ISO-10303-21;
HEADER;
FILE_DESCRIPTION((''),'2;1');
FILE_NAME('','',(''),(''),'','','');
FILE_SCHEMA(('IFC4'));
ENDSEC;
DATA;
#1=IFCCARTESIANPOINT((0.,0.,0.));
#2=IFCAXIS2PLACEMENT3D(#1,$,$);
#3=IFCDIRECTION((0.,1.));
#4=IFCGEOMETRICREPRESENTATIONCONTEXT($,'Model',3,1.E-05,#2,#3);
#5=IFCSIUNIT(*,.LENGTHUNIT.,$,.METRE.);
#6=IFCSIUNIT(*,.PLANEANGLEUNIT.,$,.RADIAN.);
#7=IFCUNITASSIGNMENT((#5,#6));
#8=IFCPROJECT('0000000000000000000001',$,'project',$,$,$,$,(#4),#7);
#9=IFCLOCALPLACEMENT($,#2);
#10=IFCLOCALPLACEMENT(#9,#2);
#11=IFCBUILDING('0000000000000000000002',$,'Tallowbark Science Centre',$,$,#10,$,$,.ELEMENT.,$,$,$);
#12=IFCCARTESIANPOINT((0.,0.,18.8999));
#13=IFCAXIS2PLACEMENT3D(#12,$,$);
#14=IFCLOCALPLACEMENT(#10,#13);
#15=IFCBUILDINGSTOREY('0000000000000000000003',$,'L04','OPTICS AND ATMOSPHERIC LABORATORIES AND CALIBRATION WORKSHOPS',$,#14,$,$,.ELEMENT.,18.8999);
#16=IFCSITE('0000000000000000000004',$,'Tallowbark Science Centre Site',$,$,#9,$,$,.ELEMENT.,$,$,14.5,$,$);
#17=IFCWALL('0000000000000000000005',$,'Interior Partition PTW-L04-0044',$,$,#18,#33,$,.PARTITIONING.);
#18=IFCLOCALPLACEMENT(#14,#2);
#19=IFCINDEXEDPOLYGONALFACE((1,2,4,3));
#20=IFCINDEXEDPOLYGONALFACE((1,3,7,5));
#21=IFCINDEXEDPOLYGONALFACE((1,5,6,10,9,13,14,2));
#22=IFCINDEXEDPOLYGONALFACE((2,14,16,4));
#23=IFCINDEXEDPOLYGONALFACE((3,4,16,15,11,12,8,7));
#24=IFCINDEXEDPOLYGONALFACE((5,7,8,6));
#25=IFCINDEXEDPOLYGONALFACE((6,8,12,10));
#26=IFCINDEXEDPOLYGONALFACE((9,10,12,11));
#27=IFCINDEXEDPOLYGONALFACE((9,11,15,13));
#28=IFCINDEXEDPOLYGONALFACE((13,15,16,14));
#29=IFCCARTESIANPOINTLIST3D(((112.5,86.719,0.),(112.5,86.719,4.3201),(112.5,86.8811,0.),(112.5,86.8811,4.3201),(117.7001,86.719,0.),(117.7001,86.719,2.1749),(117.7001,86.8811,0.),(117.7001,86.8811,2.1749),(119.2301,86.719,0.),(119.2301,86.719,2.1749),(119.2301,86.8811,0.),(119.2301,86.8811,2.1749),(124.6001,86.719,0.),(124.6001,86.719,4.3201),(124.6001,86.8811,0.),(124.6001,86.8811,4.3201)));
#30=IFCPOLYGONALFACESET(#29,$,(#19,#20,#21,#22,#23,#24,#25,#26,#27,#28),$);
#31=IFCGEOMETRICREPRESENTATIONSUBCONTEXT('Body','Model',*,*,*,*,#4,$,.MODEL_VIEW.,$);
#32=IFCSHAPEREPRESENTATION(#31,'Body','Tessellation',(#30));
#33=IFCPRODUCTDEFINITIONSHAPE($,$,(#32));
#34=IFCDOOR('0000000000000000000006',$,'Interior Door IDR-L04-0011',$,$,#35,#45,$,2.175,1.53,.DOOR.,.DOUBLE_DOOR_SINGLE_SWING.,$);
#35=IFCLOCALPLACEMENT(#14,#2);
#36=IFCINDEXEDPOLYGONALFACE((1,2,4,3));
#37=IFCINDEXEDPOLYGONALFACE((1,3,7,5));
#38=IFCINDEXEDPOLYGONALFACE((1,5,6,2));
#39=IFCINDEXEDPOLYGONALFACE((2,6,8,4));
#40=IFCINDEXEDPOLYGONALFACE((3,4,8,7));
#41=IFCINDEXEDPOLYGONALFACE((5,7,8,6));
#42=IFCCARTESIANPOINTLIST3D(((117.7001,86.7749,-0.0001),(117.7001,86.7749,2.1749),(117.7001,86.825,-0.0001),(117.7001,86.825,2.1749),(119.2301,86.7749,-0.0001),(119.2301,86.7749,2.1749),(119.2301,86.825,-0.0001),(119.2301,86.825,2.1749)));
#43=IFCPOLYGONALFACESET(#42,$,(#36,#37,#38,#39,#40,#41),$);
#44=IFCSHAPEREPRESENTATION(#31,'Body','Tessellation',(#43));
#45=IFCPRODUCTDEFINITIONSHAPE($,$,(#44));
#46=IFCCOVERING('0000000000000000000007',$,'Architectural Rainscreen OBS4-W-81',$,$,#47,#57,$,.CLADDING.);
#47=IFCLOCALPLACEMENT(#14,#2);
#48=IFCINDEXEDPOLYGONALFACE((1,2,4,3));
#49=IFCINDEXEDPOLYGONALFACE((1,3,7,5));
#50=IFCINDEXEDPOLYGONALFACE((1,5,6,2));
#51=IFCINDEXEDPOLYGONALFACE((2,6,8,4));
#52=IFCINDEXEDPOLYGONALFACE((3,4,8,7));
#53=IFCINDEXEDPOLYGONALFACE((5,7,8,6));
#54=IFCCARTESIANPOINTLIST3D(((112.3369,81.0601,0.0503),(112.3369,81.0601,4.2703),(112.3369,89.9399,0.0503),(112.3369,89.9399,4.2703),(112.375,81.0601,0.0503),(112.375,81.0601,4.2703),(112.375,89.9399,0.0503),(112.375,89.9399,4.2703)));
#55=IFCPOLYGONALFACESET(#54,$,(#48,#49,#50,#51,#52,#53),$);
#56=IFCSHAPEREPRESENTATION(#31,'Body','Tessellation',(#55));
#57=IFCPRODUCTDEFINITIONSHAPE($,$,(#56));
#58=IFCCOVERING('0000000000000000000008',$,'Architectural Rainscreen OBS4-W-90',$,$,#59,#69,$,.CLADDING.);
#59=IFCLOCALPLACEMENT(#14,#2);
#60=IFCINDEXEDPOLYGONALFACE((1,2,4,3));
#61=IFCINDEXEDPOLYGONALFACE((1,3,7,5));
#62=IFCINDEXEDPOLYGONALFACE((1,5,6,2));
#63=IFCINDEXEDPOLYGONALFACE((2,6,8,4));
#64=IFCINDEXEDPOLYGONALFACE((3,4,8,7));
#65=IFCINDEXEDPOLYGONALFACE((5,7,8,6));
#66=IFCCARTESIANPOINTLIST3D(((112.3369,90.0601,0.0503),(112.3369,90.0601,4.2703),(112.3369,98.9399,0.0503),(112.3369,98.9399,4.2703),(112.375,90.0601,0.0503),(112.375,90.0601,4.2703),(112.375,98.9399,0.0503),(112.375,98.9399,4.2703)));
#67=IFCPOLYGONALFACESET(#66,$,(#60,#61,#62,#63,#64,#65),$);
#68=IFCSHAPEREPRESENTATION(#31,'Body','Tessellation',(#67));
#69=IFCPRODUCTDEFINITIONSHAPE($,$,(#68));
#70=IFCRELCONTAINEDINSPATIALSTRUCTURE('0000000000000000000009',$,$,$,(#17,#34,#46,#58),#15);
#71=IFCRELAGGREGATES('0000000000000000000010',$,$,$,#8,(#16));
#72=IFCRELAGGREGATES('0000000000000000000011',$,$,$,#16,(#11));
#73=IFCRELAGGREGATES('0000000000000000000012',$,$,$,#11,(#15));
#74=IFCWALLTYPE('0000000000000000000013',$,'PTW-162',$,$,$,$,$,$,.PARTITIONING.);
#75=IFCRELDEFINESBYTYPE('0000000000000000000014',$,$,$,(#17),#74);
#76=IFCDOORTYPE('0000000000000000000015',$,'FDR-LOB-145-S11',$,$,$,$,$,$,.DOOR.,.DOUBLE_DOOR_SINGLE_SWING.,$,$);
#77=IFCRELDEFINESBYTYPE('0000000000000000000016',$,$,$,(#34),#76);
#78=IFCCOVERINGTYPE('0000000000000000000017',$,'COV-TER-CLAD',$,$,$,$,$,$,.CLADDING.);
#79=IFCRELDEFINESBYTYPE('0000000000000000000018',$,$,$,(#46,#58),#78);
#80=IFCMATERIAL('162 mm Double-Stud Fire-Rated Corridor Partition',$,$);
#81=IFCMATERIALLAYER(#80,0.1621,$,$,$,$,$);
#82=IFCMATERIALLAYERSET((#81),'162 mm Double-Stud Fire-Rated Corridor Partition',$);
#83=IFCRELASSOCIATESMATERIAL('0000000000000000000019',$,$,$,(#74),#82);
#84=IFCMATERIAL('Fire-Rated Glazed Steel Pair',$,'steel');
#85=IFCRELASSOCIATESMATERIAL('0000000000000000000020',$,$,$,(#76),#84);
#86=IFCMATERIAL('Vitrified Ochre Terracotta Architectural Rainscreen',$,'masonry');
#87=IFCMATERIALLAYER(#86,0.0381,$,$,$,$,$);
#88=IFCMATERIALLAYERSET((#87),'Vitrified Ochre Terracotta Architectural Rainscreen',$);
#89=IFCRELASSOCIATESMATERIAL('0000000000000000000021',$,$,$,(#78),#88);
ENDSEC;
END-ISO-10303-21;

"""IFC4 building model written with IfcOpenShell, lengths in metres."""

from ifc_helpers import new_model, si_unit, direction, frame, frame_2d, origin, origin_2d, place, context, subcontext, project, spatial, rectangle, extrude, material, layer, layer_set, type_object, element, fill, save


model = new_model("IFC4")

# Units and contexts
model_context = context("Model", 3, precision=1e-05, world=origin(), true_north=direction((0.0, 1.0)))
body_context = subcontext(model_context, "Body", "Model", "MODEL_VIEW")
ifc_project = project(units=[si_unit("LENGTHUNIT", "METRE"), si_unit("PLANEANGLEUNIT", "RADIAN")], contexts=[model_context])

# Site, building, storey
site_placement = place(None, origin())
site = spatial("IfcSite", under=ifc_project, at=site_placement, Name="Tallowbark Science Centre Site", CompositionType="ELEMENT", RefElevation=14.5)
building_placement = place(site_placement, origin())
building = spatial("IfcBuilding", under=site, at=building_placement, Name="Tallowbark Science Centre", CompositionType="ELEMENT")
storey_placement = place(building_placement, frame((0.0, 0.0, 18.8999)))
storey = spatial("IfcBuildingStorey", under=building, at=storey_placement, Name="L04", Description="OPTICS AND ATMOSPHERIC LABORATORIES AND CALIBRATION WORKSHOPS", CompositionType="ELEMENT", Elevation=18.8999)

# Wall, opening, door
ifc_material_1 = material(Name="162 mm Double-Stud Fire-Rated Corridor Partition")
ifc_layer_1 = layer(ifc_material_1, 0.1621)
ifc_layer_set_1 = layer_set([ifc_layer_1], Name="162 mm Double-Stud Fire-Rated Corridor Partition")
wall_type_1 = type_object("IfcWallType", Name="PTW-162", PredefinedType="PARTITIONING", material=ifc_layer_set_1)
wall_1_placement = place(storey_placement, frame((112.5, 86.8, 0.0), z_axis=(0.0, 0.0, 1.0), x_axis=(1.0, 0.0, 0.0)))
wall_1 = element("IfcWall", 1, at=wall_1_placement, inside=storey, type_object=wall_type_1, Name="Interior Partition PTW-L04-0044", PredefinedType="PARTITIONING", context=body_context, shape_type="SweptSolid", body=[
    extrude(rectangle(XDim=12.1001, YDim=0.1621, at=frame_2d((6.05, 0.0))), origin(), (0.0, 0.0, 1.0), 4.3201),
])
opening_1_placement = place(wall_1_placement, frame((5.2, 0.0, 0.0)))
opening_1 = element("IfcOpeningElement", 2, at=opening_1_placement, cuts=wall_1, PredefinedType="OPENING", context=body_context, shape_type="SweptSolid", body=[
    extrude(rectangle(XDim=1.53, YDim=2.175, at=frame_2d((0.7651, 1.0874))), frame((0.0, 0.0911, 0.0), z_axis=(0.0, -1.0, 0.0), x_axis=(1.0, 0.0, 0.0)), (0.0, 0.0, 1.0), 0.1821),
])
ifc_material_2 = material(Name="Fire-Rated Glazed Steel Pair", Category="steel")
door_type_1 = type_object("IfcDoorType", Name="FDR-LOB-145-S11", OperationType="DOUBLE_DOOR_SINGLE_SWING", PredefinedType="DOOR", material=ifc_material_2)
door_1_placement = place(opening_1_placement, origin())
door_1 = element("IfcDoor", 3, at=door_1_placement, inside=storey, type_object=door_type_1, Name="Interior Door IDR-L04-0011", OperationType="DOUBLE_DOOR_SINGLE_SWING", OverallHeight=2.175, OverallWidth=1.53, PredefinedType="DOOR", context=body_context, shape_type="SweptSolid", body=[
    extrude(rectangle(XDim=1.53, YDim=2.175, at=frame_2d((0.7651, 1.0874))), frame((0.0, 0.0249, 0.0), z_axis=(0.0, -1.0, 0.0), x_axis=(1.0, 0.0, 0.0)), (0.0, 0.0, 1.0), 0.05),
])
fill(opening_1, door_1)

# Coverings
ifc_material_3 = material(Name="Vitrified Ochre Terracotta Architectural Rainscreen", Category="masonry")
ifc_layer_2 = layer(ifc_material_3, 0.0381)
ifc_layer_set_2 = layer_set([ifc_layer_2], Name="Vitrified Ochre Terracotta Architectural Rainscreen")
covering_type = type_object("IfcCoveringType", Name="COV-TER-CLAD", PredefinedType="CLADDING", material=ifc_layer_set_2)
for number, where, z_axis, x_axis, name in (
    (4, (112.356, 85.5, 0.0503), (0.0, 0.0, 1.0), (0.0, -1.0, 0.0), "Architectural Rainscreen OBS4-W-81"),
    (5, (112.356, 94.5, 0.0503), (0.0, 0.0, 1.0), (0.0, -1.0, 0.0), "Architectural Rainscreen OBS4-W-90"),
):
    element("IfcCovering", number, at=place(storey_placement, frame(where, z_axis=z_axis, x_axis=x_axis)), inside=storey, type_object=covering_type, Name=name, PredefinedType="CLADDING", context=body_context, shape_type="SweptSolid", body=[
        extrude(rectangle(XDim=8.8799, YDim=0.0381, at=origin_2d()), origin(), (0.0, 0.0, 1.0), 4.22),
    ])

save(model, "model.ifc")
